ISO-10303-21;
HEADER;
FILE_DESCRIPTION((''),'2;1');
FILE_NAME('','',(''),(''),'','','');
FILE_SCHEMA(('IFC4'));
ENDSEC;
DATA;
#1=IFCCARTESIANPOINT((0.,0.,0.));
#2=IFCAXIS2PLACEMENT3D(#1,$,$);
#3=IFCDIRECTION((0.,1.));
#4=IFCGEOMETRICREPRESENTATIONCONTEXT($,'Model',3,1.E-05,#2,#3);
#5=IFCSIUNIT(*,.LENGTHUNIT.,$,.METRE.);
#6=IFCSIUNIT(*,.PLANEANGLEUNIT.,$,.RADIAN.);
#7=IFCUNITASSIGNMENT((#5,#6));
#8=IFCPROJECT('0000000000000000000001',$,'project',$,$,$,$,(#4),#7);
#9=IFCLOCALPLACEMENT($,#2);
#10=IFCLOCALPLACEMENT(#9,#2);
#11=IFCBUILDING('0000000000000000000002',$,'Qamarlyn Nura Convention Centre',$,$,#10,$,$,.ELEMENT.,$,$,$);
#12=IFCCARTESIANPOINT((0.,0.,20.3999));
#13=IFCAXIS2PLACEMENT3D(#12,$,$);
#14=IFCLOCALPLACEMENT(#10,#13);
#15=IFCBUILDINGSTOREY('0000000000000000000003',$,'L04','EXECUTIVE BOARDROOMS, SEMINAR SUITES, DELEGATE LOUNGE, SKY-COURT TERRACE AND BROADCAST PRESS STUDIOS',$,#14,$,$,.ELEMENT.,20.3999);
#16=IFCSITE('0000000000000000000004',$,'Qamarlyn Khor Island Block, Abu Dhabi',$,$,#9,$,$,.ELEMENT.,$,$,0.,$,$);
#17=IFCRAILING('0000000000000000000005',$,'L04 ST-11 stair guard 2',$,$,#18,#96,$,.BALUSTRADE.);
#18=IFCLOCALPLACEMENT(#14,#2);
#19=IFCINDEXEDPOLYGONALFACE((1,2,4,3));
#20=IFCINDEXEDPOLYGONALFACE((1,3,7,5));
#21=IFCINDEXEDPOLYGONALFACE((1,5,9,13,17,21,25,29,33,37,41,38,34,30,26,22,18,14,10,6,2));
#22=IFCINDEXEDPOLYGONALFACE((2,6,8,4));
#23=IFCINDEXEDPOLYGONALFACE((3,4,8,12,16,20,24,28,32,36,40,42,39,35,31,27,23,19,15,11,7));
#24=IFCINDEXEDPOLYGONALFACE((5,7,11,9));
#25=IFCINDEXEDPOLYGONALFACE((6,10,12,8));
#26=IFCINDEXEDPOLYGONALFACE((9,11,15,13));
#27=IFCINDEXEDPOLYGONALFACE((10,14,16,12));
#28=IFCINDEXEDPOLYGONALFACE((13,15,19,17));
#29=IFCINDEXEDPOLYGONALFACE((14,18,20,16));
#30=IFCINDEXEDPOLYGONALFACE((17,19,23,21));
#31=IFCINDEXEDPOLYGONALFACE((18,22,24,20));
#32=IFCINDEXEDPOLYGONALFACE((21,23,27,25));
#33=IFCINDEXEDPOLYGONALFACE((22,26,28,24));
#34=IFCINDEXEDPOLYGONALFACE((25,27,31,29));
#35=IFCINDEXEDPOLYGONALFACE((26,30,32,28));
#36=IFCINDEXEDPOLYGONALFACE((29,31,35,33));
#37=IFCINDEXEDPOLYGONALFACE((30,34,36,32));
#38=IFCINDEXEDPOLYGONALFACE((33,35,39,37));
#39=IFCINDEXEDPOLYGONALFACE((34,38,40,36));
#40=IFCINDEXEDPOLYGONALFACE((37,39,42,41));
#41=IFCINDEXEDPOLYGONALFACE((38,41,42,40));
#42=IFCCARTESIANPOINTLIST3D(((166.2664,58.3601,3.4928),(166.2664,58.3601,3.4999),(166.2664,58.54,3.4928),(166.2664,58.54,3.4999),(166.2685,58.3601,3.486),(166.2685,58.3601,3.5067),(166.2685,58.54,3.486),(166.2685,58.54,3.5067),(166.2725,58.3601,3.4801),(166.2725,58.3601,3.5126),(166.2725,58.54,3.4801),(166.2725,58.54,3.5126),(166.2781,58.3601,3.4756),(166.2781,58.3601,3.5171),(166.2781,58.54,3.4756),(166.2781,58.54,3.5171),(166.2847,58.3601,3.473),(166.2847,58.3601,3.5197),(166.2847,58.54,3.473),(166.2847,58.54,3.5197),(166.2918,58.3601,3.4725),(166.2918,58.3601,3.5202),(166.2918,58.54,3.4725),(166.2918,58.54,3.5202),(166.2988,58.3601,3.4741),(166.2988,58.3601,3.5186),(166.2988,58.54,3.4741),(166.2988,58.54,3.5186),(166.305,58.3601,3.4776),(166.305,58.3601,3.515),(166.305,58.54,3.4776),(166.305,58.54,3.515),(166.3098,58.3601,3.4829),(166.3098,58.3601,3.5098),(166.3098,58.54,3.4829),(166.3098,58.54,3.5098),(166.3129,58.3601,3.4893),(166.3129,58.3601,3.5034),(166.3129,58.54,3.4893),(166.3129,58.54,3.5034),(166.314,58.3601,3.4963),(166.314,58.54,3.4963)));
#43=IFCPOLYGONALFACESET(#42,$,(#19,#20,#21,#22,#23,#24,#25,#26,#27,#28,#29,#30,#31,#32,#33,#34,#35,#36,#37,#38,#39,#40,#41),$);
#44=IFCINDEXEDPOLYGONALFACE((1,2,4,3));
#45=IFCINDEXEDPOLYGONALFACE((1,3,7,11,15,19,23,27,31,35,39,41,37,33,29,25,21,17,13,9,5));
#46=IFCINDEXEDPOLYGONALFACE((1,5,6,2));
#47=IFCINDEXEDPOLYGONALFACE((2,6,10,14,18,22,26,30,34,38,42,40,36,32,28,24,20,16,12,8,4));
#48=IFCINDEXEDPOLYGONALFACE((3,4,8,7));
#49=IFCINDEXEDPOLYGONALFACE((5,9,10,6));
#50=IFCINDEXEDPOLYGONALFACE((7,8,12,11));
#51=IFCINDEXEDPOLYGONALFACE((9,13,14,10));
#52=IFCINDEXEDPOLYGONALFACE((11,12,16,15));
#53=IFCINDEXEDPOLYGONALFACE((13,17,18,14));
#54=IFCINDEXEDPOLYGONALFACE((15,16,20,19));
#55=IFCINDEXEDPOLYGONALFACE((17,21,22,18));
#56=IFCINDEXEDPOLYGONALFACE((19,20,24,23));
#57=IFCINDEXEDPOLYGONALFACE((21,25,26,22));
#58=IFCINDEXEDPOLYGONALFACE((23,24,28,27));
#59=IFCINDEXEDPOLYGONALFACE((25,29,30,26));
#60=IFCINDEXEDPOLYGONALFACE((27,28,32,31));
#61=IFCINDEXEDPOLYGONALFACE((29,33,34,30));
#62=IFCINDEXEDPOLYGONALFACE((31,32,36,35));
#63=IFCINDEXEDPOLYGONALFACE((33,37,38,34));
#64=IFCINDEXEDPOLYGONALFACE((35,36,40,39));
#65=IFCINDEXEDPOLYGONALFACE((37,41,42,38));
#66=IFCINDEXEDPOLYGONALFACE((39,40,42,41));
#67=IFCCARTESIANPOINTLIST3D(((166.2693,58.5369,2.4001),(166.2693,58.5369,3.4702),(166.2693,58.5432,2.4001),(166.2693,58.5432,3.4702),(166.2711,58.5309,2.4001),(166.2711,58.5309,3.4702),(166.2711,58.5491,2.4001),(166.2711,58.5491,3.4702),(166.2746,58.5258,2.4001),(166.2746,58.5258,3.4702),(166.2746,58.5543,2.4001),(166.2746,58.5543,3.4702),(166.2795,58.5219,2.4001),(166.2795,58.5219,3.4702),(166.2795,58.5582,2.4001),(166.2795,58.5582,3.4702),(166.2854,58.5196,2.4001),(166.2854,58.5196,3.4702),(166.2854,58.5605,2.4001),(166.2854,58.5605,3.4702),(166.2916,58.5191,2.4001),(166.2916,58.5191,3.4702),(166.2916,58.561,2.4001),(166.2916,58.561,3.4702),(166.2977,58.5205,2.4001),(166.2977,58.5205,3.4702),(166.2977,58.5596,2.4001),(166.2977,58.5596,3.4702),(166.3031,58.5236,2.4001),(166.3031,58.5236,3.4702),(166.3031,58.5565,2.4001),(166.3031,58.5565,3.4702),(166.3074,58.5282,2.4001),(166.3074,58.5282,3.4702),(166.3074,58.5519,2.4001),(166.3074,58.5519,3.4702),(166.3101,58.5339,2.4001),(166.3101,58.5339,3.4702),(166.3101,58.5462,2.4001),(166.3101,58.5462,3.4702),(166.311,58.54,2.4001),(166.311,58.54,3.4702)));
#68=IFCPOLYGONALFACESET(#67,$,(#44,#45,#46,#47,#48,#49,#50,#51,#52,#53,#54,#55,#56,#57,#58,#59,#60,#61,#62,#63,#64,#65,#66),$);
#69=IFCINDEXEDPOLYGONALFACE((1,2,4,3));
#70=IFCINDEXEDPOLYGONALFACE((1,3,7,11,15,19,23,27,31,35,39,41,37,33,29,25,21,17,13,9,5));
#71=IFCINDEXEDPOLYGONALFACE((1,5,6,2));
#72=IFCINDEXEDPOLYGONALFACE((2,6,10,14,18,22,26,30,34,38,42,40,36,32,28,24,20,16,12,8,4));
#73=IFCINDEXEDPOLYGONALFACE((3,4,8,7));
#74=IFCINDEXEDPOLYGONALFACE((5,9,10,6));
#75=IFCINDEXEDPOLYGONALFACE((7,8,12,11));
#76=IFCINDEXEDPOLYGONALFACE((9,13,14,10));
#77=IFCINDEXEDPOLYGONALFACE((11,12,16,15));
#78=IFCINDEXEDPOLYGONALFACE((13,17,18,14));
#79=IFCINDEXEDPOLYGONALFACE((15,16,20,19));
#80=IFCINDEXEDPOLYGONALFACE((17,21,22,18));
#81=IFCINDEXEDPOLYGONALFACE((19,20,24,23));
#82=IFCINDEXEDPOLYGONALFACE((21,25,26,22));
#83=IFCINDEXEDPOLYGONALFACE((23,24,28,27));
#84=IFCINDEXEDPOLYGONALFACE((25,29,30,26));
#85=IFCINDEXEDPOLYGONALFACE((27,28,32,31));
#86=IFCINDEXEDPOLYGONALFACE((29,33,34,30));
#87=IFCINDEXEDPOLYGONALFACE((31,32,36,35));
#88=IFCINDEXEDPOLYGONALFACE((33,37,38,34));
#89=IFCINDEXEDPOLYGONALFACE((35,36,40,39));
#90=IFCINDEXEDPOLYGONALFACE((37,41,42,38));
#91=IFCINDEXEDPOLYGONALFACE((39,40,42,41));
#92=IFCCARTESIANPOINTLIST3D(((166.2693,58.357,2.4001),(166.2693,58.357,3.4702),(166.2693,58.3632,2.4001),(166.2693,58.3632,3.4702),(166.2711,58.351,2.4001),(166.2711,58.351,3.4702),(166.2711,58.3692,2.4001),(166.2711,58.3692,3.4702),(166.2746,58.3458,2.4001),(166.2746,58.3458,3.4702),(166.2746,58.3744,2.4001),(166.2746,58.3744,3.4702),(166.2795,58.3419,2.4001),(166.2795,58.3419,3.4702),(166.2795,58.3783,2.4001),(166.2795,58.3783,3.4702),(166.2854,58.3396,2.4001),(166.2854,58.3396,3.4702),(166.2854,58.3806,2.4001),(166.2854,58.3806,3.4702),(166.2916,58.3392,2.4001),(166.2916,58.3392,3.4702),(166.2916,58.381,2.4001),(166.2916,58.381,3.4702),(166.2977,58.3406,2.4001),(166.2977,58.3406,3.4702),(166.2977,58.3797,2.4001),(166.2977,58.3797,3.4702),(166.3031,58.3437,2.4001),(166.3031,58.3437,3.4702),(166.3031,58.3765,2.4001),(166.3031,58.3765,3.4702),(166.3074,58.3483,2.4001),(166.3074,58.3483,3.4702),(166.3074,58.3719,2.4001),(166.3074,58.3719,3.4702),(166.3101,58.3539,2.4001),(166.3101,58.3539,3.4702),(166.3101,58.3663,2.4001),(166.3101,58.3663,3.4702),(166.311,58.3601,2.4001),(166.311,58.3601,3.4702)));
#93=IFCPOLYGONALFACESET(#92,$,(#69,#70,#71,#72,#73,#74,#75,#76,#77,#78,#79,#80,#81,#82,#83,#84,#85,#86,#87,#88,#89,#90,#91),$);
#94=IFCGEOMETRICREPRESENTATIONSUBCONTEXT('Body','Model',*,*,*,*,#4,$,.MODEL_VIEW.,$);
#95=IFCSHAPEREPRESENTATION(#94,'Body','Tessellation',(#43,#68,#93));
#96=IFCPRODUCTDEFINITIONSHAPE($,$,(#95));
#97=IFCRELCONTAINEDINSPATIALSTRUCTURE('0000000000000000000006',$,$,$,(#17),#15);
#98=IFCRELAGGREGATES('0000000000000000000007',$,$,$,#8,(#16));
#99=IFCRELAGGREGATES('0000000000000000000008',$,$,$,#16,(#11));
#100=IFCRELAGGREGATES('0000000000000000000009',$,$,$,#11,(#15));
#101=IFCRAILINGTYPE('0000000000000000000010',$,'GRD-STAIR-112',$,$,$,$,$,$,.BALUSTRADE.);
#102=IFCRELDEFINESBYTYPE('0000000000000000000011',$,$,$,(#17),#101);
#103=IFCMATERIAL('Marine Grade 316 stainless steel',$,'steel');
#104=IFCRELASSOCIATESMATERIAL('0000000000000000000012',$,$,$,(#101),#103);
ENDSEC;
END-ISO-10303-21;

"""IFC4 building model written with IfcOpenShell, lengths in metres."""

from ifc_helpers import new_model, si_unit, direction, frame, origin, origin_2d, place, context, subcontext, project, spatial, circle, extrude, material, type_object, element, save


model = new_model("IFC4")

# Units and contexts
model_context = context("Model", 3, precision=1e-05, world=origin(), true_north=direction((0.0, 1.0)))
body_context = subcontext(model_context, "Body", "Model", "MODEL_VIEW")
ifc_project = project(units=[si_unit("LENGTHUNIT", "METRE"), si_unit("PLANEANGLEUNIT", "RADIAN")], contexts=[model_context])

# Site, building, storey
site_placement = place(None, origin())
site = spatial("IfcSite", under=ifc_project, at=site_placement, Name="Qamarlyn Khor Island Block, Abu Dhabi", CompositionType="ELEMENT", RefElevation=0.0)
building_placement = place(site_placement, origin())
building = spatial("IfcBuilding", under=site, at=building_placement, Name="Qamarlyn Nura Convention Centre", CompositionType="ELEMENT")
storey_placement = place(building_placement, frame((0.0, 0.0, 20.3999)))
storey = spatial("IfcBuildingStorey", under=building, at=storey_placement, Name="L04", Description="EXECUTIVE BOARDROOMS, SEMINAR SUITES, DELEGATE LOUNGE, SKY-COURT TERRACE AND BROADCAST PRESS STUDIOS", CompositionType="ELEMENT", Elevation=20.3999)

# Railing
ifc_material_1 = material(Name="Marine Grade 316 stainless steel", Category="steel")
railing_type_1 = type_object("IfcRailingType", Name="GRD-STAIR-112", PredefinedType="BALUSTRADE", material=ifc_material_1)
railing_1_placement = place(storey_placement, frame((166.29, 58.54, 2.4001)))
element("IfcRailing", 1, at=railing_1_placement, inside=storey, type_object=railing_type_1, Name="L04 ST-11 stair guard 2", PredefinedType="BALUSTRADE", context=body_context, shape_type="SweptSolid", body=[
    extrude(circle(Radius=0.0239, at=origin_2d()), frame((0.0, 0.0, 1.0962), z_axis=(0.0, -1.0, 0.0), x_axis=(1.0, 0.0, 0.0)), (0.0, 0.0, 1.0), 0.1799),
    extrude(circle(Radius=0.021, at=origin_2d()), origin(), (0.0, 0.0, 1.0), 1.0701),
    extrude(circle(Radius=0.021, at=origin_2d()), frame((0.0, -0.1799, 0.0)), (0.0, 0.0, 1.0), 1.0701),
])

save(model, "model.ifc")
